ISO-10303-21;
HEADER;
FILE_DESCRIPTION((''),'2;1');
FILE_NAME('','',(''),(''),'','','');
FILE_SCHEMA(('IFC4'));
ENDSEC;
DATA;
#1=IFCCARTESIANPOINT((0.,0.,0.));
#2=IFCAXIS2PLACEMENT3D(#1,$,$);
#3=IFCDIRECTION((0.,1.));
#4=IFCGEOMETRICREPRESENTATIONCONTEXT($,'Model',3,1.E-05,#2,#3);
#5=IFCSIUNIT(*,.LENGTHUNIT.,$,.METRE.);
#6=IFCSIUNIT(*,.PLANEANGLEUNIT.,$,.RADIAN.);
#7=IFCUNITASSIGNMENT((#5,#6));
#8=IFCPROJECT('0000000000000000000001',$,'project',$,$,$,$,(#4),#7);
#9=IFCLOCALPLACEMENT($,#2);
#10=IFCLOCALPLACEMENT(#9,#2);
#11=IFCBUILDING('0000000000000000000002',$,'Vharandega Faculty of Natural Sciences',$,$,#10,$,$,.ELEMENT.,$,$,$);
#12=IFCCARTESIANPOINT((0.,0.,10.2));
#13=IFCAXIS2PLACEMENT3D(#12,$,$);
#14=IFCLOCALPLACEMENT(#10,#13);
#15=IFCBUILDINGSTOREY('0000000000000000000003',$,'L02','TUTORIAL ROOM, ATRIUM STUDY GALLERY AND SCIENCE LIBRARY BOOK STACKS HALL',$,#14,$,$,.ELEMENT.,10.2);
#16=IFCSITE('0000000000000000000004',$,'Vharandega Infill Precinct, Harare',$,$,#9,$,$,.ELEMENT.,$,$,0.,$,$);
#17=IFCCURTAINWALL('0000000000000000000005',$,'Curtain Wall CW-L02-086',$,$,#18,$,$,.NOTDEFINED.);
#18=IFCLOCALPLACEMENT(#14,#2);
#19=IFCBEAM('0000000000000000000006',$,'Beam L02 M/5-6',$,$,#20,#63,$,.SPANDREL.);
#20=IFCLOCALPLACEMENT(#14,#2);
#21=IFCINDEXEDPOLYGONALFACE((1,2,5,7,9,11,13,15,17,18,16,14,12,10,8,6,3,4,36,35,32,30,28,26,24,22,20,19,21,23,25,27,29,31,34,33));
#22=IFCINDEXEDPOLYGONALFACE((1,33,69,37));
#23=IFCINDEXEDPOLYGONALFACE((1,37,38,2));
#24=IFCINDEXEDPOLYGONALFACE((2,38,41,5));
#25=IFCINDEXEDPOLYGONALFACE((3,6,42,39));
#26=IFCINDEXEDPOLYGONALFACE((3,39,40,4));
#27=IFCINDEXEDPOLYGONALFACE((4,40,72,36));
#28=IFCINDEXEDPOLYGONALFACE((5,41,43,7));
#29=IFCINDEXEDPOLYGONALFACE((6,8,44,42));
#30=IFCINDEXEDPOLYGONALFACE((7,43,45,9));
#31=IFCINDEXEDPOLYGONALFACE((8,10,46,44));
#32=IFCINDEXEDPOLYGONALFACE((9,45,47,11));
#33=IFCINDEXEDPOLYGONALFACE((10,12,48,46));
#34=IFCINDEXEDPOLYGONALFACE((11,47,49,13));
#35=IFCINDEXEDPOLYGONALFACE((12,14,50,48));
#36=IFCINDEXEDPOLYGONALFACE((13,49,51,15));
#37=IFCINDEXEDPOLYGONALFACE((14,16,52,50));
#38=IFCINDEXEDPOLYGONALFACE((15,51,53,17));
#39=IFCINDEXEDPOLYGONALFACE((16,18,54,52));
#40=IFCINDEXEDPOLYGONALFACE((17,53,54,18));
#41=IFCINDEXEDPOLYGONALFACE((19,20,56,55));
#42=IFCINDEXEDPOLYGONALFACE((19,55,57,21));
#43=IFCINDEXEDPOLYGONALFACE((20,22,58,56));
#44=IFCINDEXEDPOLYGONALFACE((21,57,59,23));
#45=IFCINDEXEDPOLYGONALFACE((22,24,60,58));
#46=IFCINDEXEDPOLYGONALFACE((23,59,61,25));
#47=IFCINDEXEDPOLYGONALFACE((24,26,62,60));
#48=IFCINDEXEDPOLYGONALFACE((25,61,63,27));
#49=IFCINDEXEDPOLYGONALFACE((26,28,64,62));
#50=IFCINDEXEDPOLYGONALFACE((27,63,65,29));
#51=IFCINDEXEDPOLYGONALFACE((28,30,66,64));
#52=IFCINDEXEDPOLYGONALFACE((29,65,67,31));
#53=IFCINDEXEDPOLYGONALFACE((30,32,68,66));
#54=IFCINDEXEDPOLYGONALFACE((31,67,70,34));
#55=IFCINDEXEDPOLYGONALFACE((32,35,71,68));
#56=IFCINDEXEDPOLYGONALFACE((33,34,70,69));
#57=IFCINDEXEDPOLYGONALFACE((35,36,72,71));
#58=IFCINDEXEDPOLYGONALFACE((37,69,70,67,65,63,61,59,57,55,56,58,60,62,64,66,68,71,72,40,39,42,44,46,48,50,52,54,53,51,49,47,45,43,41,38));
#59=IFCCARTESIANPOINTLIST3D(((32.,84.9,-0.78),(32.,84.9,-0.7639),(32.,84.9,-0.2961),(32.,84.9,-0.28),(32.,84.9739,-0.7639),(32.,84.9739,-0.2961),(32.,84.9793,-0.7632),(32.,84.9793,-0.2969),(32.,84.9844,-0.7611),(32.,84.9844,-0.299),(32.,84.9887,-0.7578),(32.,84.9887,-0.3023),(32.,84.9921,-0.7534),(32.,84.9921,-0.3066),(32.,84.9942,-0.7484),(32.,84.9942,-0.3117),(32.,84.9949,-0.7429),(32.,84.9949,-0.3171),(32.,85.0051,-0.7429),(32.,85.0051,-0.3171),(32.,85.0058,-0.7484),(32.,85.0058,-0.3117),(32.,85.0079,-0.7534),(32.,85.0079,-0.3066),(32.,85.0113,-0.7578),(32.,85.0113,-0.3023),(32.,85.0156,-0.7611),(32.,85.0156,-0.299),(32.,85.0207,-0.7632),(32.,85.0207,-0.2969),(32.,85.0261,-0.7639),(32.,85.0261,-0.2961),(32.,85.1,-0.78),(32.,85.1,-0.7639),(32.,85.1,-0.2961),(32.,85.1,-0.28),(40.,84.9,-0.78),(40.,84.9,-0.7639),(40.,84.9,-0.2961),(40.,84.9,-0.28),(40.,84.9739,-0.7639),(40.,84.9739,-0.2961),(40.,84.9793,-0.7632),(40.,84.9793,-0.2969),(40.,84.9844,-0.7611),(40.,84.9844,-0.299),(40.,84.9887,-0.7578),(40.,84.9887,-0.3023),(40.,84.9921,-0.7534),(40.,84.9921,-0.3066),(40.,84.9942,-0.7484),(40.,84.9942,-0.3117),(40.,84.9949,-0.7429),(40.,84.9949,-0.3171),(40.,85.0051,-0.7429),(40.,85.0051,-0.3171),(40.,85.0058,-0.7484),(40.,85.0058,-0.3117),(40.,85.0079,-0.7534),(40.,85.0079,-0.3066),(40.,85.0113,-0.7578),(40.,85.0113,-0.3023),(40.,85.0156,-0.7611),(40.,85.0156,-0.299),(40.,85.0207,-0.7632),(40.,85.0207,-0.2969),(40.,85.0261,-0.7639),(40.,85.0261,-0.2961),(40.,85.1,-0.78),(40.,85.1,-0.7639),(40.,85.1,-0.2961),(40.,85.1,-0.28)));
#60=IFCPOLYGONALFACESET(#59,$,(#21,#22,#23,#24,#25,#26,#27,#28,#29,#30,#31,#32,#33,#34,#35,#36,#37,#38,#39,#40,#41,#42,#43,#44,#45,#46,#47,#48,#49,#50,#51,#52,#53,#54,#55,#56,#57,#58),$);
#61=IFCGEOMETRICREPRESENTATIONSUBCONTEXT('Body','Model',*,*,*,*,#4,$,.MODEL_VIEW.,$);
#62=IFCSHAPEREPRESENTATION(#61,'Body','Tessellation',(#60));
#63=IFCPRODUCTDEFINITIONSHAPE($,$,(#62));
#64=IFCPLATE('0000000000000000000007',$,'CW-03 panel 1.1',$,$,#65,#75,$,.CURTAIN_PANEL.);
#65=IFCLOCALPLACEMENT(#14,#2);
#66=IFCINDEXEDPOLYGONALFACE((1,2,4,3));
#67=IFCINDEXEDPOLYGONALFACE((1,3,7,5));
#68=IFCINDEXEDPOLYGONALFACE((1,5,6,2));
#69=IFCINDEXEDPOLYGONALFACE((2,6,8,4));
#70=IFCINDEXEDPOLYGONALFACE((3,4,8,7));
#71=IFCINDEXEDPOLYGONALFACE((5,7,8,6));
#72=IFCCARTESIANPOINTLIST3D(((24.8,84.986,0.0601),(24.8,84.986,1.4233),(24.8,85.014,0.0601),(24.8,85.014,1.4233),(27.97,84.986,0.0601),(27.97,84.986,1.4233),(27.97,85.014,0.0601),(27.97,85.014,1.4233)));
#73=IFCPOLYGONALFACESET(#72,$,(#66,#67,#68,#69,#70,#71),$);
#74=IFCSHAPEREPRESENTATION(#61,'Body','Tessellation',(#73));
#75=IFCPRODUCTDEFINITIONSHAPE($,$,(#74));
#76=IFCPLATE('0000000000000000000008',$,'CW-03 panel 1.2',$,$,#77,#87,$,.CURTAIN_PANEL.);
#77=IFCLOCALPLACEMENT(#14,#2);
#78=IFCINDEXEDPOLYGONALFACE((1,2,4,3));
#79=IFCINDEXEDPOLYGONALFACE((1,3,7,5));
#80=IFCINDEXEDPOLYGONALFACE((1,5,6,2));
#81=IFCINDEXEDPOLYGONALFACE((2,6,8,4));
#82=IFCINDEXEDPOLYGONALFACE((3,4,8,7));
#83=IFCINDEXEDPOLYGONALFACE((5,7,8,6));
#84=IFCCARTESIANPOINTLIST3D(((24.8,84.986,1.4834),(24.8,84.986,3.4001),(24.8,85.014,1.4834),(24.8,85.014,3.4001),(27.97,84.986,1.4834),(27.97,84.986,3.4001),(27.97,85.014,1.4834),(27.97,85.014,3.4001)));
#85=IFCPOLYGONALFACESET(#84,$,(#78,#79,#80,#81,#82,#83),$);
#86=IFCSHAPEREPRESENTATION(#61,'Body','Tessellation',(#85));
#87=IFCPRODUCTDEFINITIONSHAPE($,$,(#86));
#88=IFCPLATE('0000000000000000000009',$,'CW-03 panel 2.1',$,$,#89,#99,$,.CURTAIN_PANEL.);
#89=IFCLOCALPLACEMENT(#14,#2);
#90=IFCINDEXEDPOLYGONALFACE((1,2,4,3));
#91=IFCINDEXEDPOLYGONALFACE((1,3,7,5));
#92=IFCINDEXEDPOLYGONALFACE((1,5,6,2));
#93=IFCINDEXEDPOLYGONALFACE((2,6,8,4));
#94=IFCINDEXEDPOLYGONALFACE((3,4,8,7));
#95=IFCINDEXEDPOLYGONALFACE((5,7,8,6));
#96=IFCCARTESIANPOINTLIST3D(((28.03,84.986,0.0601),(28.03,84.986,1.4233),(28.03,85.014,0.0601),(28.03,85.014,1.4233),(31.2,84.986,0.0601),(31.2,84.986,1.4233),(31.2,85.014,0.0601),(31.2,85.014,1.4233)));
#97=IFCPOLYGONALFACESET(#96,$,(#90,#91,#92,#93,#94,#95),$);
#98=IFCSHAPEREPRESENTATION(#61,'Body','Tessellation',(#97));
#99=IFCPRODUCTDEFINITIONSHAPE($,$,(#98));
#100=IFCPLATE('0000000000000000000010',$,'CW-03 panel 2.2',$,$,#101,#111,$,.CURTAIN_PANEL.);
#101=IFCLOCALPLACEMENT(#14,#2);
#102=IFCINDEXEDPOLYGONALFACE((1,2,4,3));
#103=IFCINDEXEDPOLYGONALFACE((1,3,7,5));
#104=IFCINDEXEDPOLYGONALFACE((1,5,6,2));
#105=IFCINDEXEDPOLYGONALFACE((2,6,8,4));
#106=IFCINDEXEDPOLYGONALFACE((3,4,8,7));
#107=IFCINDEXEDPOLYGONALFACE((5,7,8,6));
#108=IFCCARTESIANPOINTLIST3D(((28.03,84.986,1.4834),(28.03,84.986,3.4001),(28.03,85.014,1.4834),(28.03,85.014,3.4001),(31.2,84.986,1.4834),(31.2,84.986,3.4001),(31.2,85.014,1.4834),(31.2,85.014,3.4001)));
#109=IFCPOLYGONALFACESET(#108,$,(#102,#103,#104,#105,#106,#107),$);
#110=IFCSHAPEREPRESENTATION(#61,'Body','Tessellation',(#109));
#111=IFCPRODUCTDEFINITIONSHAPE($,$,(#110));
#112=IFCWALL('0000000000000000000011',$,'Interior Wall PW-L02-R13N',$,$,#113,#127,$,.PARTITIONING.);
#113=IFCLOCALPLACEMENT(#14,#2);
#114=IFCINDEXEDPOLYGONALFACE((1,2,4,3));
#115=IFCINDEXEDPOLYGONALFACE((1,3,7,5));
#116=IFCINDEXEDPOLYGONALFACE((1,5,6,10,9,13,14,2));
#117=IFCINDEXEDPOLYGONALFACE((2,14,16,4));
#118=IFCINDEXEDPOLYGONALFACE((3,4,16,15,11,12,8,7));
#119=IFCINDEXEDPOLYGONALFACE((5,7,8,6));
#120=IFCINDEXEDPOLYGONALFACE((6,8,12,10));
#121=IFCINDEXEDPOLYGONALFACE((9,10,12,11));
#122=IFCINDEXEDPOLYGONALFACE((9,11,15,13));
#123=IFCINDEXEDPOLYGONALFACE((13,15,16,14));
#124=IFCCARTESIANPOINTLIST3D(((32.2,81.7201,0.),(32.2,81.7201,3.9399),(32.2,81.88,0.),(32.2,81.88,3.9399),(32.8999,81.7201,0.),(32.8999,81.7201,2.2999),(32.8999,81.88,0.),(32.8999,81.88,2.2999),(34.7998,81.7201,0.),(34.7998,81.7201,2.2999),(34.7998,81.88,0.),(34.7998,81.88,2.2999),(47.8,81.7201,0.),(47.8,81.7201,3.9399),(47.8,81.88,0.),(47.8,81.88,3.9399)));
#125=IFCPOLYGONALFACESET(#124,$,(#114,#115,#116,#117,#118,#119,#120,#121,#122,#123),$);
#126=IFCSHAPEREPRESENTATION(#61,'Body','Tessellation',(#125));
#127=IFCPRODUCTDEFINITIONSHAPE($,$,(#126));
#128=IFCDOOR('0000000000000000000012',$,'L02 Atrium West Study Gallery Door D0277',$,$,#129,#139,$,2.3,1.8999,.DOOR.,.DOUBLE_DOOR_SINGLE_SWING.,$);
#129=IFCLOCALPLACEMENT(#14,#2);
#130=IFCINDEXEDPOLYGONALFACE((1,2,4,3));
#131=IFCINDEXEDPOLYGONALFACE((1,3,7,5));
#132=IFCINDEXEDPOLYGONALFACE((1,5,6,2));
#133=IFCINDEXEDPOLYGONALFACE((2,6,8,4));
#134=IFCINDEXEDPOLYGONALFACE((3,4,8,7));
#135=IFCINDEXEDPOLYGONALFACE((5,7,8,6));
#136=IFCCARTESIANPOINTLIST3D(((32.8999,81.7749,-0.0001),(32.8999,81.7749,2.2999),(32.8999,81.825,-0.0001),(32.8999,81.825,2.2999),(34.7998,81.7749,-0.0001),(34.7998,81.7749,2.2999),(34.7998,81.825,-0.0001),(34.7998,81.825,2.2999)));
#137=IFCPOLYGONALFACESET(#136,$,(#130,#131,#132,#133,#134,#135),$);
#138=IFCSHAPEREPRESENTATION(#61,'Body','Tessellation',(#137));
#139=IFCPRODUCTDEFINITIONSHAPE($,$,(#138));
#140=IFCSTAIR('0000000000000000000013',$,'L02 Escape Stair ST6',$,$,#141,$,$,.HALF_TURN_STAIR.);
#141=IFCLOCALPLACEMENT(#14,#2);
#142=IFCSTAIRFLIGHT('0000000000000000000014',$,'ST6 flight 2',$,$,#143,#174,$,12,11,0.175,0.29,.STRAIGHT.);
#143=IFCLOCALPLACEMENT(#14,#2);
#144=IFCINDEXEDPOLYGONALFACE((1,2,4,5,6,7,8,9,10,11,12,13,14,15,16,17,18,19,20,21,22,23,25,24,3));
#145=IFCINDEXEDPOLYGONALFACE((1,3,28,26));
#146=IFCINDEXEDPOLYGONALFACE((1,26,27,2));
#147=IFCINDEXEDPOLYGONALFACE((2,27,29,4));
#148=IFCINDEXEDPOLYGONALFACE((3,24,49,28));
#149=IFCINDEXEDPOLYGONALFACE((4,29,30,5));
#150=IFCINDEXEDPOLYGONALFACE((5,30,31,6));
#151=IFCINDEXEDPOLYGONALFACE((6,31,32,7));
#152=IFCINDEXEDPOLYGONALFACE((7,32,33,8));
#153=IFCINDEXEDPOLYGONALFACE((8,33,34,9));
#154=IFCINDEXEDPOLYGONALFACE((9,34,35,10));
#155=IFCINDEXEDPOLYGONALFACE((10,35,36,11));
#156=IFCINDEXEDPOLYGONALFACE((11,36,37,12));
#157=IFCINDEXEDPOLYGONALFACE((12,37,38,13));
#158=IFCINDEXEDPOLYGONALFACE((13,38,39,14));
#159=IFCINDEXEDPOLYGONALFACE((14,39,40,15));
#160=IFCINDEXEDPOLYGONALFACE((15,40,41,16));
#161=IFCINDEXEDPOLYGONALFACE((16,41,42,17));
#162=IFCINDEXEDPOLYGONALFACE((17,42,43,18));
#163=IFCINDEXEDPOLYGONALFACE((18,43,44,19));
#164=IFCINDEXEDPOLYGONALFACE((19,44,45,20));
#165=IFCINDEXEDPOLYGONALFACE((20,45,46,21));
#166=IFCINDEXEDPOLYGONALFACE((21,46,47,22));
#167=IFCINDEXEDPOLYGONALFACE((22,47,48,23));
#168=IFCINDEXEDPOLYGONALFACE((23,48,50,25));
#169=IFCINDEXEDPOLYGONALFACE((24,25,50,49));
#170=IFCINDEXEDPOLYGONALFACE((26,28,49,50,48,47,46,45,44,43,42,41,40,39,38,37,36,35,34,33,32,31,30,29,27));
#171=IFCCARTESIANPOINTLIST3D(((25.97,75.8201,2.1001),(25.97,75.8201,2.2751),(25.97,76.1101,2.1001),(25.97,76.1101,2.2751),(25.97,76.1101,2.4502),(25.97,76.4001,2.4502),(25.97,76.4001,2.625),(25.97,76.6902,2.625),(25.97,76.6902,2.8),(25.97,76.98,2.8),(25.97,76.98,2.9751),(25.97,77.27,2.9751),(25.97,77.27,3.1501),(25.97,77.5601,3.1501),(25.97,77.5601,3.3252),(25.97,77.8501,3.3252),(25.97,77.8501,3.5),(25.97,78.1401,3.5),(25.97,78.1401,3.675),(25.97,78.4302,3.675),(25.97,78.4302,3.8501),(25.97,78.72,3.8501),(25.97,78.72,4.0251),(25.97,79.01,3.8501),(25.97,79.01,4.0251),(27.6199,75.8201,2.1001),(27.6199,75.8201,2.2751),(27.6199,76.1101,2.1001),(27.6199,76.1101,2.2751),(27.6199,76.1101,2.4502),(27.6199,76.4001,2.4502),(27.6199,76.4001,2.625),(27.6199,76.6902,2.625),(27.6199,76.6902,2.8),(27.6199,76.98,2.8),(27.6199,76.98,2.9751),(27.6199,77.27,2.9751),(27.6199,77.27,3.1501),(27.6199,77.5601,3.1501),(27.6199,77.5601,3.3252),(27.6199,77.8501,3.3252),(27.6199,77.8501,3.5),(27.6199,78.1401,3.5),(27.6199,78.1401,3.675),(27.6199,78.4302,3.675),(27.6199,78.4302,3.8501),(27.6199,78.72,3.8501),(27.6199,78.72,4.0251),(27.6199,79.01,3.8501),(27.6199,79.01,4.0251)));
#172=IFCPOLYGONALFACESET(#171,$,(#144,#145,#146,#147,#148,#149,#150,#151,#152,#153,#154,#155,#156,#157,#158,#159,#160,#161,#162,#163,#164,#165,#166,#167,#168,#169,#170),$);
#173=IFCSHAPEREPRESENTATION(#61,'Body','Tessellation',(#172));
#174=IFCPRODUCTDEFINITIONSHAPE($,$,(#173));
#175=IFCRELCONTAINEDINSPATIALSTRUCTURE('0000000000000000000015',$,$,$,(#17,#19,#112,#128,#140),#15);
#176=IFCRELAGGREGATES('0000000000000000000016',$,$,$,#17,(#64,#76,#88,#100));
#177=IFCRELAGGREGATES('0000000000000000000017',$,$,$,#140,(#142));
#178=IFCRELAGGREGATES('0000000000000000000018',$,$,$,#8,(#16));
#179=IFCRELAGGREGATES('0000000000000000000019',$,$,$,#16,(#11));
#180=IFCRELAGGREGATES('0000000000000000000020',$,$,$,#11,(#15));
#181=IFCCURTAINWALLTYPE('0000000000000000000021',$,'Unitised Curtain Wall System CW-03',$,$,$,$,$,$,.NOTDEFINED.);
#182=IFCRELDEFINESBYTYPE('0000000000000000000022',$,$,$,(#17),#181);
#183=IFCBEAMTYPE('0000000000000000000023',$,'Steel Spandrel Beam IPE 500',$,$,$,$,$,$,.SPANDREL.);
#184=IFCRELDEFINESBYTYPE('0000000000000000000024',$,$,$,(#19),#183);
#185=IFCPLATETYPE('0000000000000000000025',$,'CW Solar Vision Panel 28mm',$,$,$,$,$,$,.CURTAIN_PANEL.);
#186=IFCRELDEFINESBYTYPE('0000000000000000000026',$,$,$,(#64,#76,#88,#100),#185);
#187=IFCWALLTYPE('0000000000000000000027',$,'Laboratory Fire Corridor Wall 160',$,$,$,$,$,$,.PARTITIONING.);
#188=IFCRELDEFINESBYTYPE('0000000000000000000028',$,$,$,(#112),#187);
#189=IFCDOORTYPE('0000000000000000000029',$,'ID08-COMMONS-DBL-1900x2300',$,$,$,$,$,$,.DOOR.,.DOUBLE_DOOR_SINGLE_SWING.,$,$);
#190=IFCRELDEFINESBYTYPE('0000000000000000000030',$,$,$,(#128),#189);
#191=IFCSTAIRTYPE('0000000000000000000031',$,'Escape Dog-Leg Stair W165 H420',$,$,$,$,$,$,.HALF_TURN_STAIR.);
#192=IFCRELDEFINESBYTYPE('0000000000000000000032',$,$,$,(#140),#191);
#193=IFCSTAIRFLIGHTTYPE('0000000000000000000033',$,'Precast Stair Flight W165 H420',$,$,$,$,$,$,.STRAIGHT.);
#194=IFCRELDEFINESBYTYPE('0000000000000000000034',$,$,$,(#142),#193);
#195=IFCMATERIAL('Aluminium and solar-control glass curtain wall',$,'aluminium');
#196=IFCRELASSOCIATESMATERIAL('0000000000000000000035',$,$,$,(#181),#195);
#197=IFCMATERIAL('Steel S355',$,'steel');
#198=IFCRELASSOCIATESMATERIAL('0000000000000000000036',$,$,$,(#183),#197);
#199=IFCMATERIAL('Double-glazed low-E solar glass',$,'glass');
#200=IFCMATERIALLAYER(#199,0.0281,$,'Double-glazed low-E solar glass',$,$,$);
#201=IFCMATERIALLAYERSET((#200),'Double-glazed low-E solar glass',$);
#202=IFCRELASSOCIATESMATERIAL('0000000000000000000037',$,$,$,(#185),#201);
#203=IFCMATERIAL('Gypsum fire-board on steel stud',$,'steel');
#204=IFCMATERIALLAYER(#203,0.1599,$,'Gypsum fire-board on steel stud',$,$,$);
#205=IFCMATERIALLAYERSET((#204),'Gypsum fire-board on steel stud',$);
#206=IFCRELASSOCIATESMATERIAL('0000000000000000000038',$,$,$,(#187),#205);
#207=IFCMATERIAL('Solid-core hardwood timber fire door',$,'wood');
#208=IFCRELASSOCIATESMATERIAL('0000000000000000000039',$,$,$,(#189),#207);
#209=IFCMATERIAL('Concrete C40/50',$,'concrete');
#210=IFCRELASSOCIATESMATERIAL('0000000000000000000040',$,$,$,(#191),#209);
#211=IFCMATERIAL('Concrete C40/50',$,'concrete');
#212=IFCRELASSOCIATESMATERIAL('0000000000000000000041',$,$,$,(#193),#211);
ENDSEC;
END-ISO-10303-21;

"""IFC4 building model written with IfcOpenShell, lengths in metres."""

from ifc_helpers import new_model, si_unit, direction, frame, frame_2d, origin, origin_2d, place, context, subcontext, project, spatial, polyline, rectangle, i_section, outline, extrude, material, layer, layer_set, material_profile, profile_set, type_object, element, fill, aggregate, save


model = new_model("IFC4")

# Units and contexts
model_context = context("Model", 3, precision=1e-05, world=origin(), true_north=direction((0.0, 1.0)))
body_context = subcontext(model_context, "Body", "Model", "MODEL_VIEW")
ifc_project = project(units=[si_unit("LENGTHUNIT", "METRE"), si_unit("PLANEANGLEUNIT", "RADIAN")], contexts=[model_context])

# Site, building, storey
site_placement = place(None, origin())
site = spatial("IfcSite", under=ifc_project, at=site_placement, Name="Vharandega Infill Precinct, Harare", CompositionType="ELEMENT", RefElevation=0.0)
building_placement = place(site_placement, origin())
building = spatial("IfcBuilding", under=site, at=building_placement, Name="Vharandega Faculty of Natural Sciences", CompositionType="ELEMENT")
storey_placement = place(building_placement, frame((0.0, 0.0, 10.2)))
storey = spatial("IfcBuildingStorey", under=building, at=storey_placement, Name="L02", Description="TUTORIAL ROOM, ATRIUM STUDY GALLERY AND SCIENCE LIBRARY BOOK STACKS HALL", CompositionType="ELEMENT", Elevation=10.2)

# Curtain wall
ifc_material_1 = material(Name="Aluminium and solar-control glass curtain wall", Category="aluminium")
curtain_wall_type = type_object("IfcCurtainWallType", Name="Unitised Curtain Wall System CW-03", PredefinedType="NOTDEFINED", material=ifc_material_1)
curtain_wall_placement = place(storey_placement, origin())
curtain_wall = element("IfcCurtainWall", 1, at=curtain_wall_placement, inside=storey, type_object=curtain_wall_type, Name="Curtain Wall CW-L02-086", PredefinedType="NOTDEFINED")

# Beam
ifc_material_2 = material(Name="Steel S355", Category="steel")
ifc_material_profile_1 = material_profile(ifc_material_2, i_section(OverallWidth=0.2, OverallDepth=0.5, WebThickness=0.0103, FlangeThickness=0.0161, FilletRadius=0.021, at=origin_2d()), Name="IPE 500")
ifc_profile_set_1 = profile_set([ifc_material_profile_1], Name="Steel S355")
beam_type_1 = type_object("IfcBeamType", Name="Steel Spandrel Beam IPE 500", PredefinedType="SPANDREL", material=ifc_profile_set_1)
beam_1_placement = place(storey_placement, frame((32.0, 85.0, -0.53), z_axis=(1.0, 0.0, 0.0), x_axis=(0.0, 1.0, 0.0)))
element("IfcBeam", 2, at=beam_1_placement, inside=storey, type_object=beam_type_1, Name="Beam L02 M/5-6", PredefinedType="SPANDREL", context=body_context, shape_type="SweptSolid", body=[
    extrude(i_section(OverallWidth=0.2, OverallDepth=0.5, WebThickness=0.0103, FlangeThickness=0.0161, FilletRadius=0.021, at=origin_2d()), origin(), (0.0, 0.0, 1.0), 8.0),
])

# Plates
ifc_material_3 = material(Name="Double-glazed low-E solar glass", Category="glass")
ifc_layer_1 = layer(ifc_material_3, 0.0281, Name="Double-glazed low-E solar glass")
ifc_layer_set_1 = layer_set([ifc_layer_1], Name="Double-glazed low-E solar glass")
plate_type = type_object("IfcPlateType", Name="CW Solar Vision Panel 28mm", PredefinedType="CURTAIN_PANEL", material=ifc_layer_set_1)
plate_1_placement = place(storey_placement, frame((26.385, 85.0, 0.0601), z_axis=(0.0, 0.0, 1.0), x_axis=(1.0, 0.0, 0.0)))
plate_1 = element("IfcPlate", 3, at=plate_1_placement, type_object=plate_type, Name="CW-03 panel 1.1", PredefinedType="CURTAIN_PANEL", context=body_context, shape_type="SweptSolid", body=[
    extrude(rectangle(XDim=3.1699, YDim=0.0281, at=origin_2d()), origin(), (0.0, 0.0, 1.0), 1.3633),
])
plate_2_placement = place(storey_placement, frame((26.385, 85.0, 1.4834), z_axis=(0.0, 0.0, 1.0), x_axis=(1.0, 0.0, 0.0)))
plate_2 = element("IfcPlate", 4, at=plate_2_placement, type_object=plate_type, Name="CW-03 panel 1.2", PredefinedType="CURTAIN_PANEL", context=body_context, shape_type="SweptSolid", body=[
    extrude(rectangle(XDim=3.1699, YDim=0.0281, at=origin_2d()), origin(), (0.0, 0.0, 1.0), 1.9167),
])
plate_3_placement = place(storey_placement, frame((29.615, 85.0, 0.0601), z_axis=(0.0, 0.0, 1.0), x_axis=(1.0, 0.0, 0.0)))
plate_3 = element("IfcPlate", 5, at=plate_3_placement, type_object=plate_type, Name="CW-03 panel 2.1", PredefinedType="CURTAIN_PANEL", context=body_context, shape_type="SweptSolid", body=[
    extrude(rectangle(XDim=3.1699, YDim=0.0281, at=origin_2d()), origin(), (0.0, 0.0, 1.0), 1.3633),
])
plate_4_placement = place(storey_placement, frame((29.615, 85.0, 1.4834), z_axis=(0.0, 0.0, 1.0), x_axis=(1.0, 0.0, 0.0)))
plate_4 = element("IfcPlate", 6, at=plate_4_placement, type_object=plate_type, Name="CW-03 panel 2.2", PredefinedType="CURTAIN_PANEL", context=body_context, shape_type="SweptSolid", body=[
    extrude(rectangle(XDim=3.1699, YDim=0.0281, at=origin_2d()), origin(), (0.0, 0.0, 1.0), 1.9167),
])
aggregate(curtain_wall, [plate_1, plate_2, plate_3, plate_4])

# Wall, opening, door
ifc_material_4 = material(Name="Gypsum fire-board on steel stud", Category="steel")
ifc_layer_2 = layer(ifc_material_4, 0.1599, Name="Gypsum fire-board on steel stud")
ifc_layer_set_2 = layer_set([ifc_layer_2], Name="Gypsum fire-board on steel stud")
wall_type = type_object("IfcWallType", Name="Laboratory Fire Corridor Wall 160", PredefinedType="PARTITIONING", material=ifc_layer_set_2)
wall_placement = place(storey_placement, frame((32.2, 81.8, 0.0), z_axis=(0.0, 0.0, 1.0), x_axis=(1.0, 0.0, 0.0)))
wall = element("IfcWall", 7, at=wall_placement, inside=storey, type_object=wall_type, Name="Interior Wall PW-L02-R13N", PredefinedType="PARTITIONING", context=body_context, shape_type="SweptSolid", body=[
    extrude(rectangle(XDim=15.6001, YDim=0.1599, at=frame_2d((7.8, 0.0))), origin(), (0.0, 0.0, 1.0), 3.9399),
])
opening_placement = place(wall_placement, frame((0.7, 0.0, 0.0)))
opening = element("IfcOpeningElement", 8, at=opening_placement, cuts=wall, PredefinedType="OPENING", context=body_context, shape_type="SweptSolid", body=[
    extrude(rectangle(XDim=1.8999, YDim=2.3, at=frame_2d((0.95, 1.1499))), frame((0.0, 0.0898, 0.0), z_axis=(0.0, -1.0, 0.0), x_axis=(1.0, 0.0, 0.0)), (0.0, 0.0, 1.0), 0.1799),
])
ifc_material_5 = material(Name="Solid-core hardwood timber fire door", Category="wood")
door_type = type_object("IfcDoorType", Name="ID08-COMMONS-DBL-1900x2300", OperationType="DOUBLE_DOOR_SINGLE_SWING", PredefinedType="DOOR", material=ifc_material_5)
door_placement = place(opening_placement, origin())
door = element("IfcDoor", 9, at=door_placement, inside=storey, type_object=door_type, Name="L02 Atrium West Study Gallery Door D0277", OperationType="DOUBLE_DOOR_SINGLE_SWING", OverallHeight=2.3, OverallWidth=1.8999, PredefinedType="DOOR", context=body_context, shape_type="SweptSolid", body=[
    extrude(rectangle(XDim=1.8999, YDim=2.3, at=frame_2d((0.95, 1.1499))), frame((0.0, 0.0249, 0.0), z_axis=(0.0, -1.0, 0.0), x_axis=(1.0, 0.0, 0.0)), (0.0, 0.0, 1.0), 0.05),
])
fill(opening, door)

# Stair, stair flight
ifc_material_6 = material(Name="Concrete C40/50", Category="concrete")
stair_type = type_object("IfcStairType", Name="Escape Dog-Leg Stair W165 H420", PredefinedType="HALF_TURN_STAIR", material=ifc_material_6)
stair_placement = place(storey_placement, origin())
stair = element("IfcStair", 10, at=stair_placement, inside=storey, type_object=stair_type, Name="L02 Escape Stair ST6", PredefinedType="HALF_TURN_STAIR")
ifc_material_7 = material(Name="Concrete C40/50", Category="concrete")
stair_flight_type = type_object("IfcStairFlightType", Name="Precast Stair Flight W165 H420", PredefinedType="STRAIGHT", material=ifc_material_7)
stair_flight_placement = place(storey_placement, frame((26.7949, 75.8201, 2.1001), z_axis=(0.0, 0.0, 1.0), x_axis=(0.0, 1.0, 0.0)))
stair_flight = element("IfcStairFlight", 11, at=stair_flight_placement, type_object=stair_flight_type, Name="ST6 flight 2", NumberOfRisers=12, NumberOfTreads=11, PredefinedType="STRAIGHT", RiserHeight=0.175, TreadLength=0.29, context=body_context, shape_type="SweptSolid", body=[
    extrude(outline(polyline([(0.0, 0.0), (0.0, 0.175), (0.29, 0.175), (0.29, 0.3501), (0.5801, 0.3501), (0.5801, 0.5249), (0.8701, 0.5249), (0.8701, 0.7), (1.1599, 0.7), (1.1599, 0.875), (1.45, 0.875), (1.45, 1.05), (1.74, 1.05), (1.74, 1.2251), (2.03, 1.2251), (2.03, 1.3999), (2.3201, 1.3999), (2.3201, 1.575), (2.6101, 1.575), (2.6101, 1.75), (2.8999, 1.75), (2.8999, 1.925), (3.1899, 1.925), (3.1899, 2.1001), (3.1899, 1.75), (0.29, 0.0), (0.0, 0.0)])), frame((0.0, 0.825, 0.0), z_axis=(0.0, -1.0, 0.0), x_axis=(1.0, 0.0, 0.0)), (0.0, 0.0, 1.0), 1.6499),
])
aggregate(stair, [stair_flight])

save(model, "model.ifc")
